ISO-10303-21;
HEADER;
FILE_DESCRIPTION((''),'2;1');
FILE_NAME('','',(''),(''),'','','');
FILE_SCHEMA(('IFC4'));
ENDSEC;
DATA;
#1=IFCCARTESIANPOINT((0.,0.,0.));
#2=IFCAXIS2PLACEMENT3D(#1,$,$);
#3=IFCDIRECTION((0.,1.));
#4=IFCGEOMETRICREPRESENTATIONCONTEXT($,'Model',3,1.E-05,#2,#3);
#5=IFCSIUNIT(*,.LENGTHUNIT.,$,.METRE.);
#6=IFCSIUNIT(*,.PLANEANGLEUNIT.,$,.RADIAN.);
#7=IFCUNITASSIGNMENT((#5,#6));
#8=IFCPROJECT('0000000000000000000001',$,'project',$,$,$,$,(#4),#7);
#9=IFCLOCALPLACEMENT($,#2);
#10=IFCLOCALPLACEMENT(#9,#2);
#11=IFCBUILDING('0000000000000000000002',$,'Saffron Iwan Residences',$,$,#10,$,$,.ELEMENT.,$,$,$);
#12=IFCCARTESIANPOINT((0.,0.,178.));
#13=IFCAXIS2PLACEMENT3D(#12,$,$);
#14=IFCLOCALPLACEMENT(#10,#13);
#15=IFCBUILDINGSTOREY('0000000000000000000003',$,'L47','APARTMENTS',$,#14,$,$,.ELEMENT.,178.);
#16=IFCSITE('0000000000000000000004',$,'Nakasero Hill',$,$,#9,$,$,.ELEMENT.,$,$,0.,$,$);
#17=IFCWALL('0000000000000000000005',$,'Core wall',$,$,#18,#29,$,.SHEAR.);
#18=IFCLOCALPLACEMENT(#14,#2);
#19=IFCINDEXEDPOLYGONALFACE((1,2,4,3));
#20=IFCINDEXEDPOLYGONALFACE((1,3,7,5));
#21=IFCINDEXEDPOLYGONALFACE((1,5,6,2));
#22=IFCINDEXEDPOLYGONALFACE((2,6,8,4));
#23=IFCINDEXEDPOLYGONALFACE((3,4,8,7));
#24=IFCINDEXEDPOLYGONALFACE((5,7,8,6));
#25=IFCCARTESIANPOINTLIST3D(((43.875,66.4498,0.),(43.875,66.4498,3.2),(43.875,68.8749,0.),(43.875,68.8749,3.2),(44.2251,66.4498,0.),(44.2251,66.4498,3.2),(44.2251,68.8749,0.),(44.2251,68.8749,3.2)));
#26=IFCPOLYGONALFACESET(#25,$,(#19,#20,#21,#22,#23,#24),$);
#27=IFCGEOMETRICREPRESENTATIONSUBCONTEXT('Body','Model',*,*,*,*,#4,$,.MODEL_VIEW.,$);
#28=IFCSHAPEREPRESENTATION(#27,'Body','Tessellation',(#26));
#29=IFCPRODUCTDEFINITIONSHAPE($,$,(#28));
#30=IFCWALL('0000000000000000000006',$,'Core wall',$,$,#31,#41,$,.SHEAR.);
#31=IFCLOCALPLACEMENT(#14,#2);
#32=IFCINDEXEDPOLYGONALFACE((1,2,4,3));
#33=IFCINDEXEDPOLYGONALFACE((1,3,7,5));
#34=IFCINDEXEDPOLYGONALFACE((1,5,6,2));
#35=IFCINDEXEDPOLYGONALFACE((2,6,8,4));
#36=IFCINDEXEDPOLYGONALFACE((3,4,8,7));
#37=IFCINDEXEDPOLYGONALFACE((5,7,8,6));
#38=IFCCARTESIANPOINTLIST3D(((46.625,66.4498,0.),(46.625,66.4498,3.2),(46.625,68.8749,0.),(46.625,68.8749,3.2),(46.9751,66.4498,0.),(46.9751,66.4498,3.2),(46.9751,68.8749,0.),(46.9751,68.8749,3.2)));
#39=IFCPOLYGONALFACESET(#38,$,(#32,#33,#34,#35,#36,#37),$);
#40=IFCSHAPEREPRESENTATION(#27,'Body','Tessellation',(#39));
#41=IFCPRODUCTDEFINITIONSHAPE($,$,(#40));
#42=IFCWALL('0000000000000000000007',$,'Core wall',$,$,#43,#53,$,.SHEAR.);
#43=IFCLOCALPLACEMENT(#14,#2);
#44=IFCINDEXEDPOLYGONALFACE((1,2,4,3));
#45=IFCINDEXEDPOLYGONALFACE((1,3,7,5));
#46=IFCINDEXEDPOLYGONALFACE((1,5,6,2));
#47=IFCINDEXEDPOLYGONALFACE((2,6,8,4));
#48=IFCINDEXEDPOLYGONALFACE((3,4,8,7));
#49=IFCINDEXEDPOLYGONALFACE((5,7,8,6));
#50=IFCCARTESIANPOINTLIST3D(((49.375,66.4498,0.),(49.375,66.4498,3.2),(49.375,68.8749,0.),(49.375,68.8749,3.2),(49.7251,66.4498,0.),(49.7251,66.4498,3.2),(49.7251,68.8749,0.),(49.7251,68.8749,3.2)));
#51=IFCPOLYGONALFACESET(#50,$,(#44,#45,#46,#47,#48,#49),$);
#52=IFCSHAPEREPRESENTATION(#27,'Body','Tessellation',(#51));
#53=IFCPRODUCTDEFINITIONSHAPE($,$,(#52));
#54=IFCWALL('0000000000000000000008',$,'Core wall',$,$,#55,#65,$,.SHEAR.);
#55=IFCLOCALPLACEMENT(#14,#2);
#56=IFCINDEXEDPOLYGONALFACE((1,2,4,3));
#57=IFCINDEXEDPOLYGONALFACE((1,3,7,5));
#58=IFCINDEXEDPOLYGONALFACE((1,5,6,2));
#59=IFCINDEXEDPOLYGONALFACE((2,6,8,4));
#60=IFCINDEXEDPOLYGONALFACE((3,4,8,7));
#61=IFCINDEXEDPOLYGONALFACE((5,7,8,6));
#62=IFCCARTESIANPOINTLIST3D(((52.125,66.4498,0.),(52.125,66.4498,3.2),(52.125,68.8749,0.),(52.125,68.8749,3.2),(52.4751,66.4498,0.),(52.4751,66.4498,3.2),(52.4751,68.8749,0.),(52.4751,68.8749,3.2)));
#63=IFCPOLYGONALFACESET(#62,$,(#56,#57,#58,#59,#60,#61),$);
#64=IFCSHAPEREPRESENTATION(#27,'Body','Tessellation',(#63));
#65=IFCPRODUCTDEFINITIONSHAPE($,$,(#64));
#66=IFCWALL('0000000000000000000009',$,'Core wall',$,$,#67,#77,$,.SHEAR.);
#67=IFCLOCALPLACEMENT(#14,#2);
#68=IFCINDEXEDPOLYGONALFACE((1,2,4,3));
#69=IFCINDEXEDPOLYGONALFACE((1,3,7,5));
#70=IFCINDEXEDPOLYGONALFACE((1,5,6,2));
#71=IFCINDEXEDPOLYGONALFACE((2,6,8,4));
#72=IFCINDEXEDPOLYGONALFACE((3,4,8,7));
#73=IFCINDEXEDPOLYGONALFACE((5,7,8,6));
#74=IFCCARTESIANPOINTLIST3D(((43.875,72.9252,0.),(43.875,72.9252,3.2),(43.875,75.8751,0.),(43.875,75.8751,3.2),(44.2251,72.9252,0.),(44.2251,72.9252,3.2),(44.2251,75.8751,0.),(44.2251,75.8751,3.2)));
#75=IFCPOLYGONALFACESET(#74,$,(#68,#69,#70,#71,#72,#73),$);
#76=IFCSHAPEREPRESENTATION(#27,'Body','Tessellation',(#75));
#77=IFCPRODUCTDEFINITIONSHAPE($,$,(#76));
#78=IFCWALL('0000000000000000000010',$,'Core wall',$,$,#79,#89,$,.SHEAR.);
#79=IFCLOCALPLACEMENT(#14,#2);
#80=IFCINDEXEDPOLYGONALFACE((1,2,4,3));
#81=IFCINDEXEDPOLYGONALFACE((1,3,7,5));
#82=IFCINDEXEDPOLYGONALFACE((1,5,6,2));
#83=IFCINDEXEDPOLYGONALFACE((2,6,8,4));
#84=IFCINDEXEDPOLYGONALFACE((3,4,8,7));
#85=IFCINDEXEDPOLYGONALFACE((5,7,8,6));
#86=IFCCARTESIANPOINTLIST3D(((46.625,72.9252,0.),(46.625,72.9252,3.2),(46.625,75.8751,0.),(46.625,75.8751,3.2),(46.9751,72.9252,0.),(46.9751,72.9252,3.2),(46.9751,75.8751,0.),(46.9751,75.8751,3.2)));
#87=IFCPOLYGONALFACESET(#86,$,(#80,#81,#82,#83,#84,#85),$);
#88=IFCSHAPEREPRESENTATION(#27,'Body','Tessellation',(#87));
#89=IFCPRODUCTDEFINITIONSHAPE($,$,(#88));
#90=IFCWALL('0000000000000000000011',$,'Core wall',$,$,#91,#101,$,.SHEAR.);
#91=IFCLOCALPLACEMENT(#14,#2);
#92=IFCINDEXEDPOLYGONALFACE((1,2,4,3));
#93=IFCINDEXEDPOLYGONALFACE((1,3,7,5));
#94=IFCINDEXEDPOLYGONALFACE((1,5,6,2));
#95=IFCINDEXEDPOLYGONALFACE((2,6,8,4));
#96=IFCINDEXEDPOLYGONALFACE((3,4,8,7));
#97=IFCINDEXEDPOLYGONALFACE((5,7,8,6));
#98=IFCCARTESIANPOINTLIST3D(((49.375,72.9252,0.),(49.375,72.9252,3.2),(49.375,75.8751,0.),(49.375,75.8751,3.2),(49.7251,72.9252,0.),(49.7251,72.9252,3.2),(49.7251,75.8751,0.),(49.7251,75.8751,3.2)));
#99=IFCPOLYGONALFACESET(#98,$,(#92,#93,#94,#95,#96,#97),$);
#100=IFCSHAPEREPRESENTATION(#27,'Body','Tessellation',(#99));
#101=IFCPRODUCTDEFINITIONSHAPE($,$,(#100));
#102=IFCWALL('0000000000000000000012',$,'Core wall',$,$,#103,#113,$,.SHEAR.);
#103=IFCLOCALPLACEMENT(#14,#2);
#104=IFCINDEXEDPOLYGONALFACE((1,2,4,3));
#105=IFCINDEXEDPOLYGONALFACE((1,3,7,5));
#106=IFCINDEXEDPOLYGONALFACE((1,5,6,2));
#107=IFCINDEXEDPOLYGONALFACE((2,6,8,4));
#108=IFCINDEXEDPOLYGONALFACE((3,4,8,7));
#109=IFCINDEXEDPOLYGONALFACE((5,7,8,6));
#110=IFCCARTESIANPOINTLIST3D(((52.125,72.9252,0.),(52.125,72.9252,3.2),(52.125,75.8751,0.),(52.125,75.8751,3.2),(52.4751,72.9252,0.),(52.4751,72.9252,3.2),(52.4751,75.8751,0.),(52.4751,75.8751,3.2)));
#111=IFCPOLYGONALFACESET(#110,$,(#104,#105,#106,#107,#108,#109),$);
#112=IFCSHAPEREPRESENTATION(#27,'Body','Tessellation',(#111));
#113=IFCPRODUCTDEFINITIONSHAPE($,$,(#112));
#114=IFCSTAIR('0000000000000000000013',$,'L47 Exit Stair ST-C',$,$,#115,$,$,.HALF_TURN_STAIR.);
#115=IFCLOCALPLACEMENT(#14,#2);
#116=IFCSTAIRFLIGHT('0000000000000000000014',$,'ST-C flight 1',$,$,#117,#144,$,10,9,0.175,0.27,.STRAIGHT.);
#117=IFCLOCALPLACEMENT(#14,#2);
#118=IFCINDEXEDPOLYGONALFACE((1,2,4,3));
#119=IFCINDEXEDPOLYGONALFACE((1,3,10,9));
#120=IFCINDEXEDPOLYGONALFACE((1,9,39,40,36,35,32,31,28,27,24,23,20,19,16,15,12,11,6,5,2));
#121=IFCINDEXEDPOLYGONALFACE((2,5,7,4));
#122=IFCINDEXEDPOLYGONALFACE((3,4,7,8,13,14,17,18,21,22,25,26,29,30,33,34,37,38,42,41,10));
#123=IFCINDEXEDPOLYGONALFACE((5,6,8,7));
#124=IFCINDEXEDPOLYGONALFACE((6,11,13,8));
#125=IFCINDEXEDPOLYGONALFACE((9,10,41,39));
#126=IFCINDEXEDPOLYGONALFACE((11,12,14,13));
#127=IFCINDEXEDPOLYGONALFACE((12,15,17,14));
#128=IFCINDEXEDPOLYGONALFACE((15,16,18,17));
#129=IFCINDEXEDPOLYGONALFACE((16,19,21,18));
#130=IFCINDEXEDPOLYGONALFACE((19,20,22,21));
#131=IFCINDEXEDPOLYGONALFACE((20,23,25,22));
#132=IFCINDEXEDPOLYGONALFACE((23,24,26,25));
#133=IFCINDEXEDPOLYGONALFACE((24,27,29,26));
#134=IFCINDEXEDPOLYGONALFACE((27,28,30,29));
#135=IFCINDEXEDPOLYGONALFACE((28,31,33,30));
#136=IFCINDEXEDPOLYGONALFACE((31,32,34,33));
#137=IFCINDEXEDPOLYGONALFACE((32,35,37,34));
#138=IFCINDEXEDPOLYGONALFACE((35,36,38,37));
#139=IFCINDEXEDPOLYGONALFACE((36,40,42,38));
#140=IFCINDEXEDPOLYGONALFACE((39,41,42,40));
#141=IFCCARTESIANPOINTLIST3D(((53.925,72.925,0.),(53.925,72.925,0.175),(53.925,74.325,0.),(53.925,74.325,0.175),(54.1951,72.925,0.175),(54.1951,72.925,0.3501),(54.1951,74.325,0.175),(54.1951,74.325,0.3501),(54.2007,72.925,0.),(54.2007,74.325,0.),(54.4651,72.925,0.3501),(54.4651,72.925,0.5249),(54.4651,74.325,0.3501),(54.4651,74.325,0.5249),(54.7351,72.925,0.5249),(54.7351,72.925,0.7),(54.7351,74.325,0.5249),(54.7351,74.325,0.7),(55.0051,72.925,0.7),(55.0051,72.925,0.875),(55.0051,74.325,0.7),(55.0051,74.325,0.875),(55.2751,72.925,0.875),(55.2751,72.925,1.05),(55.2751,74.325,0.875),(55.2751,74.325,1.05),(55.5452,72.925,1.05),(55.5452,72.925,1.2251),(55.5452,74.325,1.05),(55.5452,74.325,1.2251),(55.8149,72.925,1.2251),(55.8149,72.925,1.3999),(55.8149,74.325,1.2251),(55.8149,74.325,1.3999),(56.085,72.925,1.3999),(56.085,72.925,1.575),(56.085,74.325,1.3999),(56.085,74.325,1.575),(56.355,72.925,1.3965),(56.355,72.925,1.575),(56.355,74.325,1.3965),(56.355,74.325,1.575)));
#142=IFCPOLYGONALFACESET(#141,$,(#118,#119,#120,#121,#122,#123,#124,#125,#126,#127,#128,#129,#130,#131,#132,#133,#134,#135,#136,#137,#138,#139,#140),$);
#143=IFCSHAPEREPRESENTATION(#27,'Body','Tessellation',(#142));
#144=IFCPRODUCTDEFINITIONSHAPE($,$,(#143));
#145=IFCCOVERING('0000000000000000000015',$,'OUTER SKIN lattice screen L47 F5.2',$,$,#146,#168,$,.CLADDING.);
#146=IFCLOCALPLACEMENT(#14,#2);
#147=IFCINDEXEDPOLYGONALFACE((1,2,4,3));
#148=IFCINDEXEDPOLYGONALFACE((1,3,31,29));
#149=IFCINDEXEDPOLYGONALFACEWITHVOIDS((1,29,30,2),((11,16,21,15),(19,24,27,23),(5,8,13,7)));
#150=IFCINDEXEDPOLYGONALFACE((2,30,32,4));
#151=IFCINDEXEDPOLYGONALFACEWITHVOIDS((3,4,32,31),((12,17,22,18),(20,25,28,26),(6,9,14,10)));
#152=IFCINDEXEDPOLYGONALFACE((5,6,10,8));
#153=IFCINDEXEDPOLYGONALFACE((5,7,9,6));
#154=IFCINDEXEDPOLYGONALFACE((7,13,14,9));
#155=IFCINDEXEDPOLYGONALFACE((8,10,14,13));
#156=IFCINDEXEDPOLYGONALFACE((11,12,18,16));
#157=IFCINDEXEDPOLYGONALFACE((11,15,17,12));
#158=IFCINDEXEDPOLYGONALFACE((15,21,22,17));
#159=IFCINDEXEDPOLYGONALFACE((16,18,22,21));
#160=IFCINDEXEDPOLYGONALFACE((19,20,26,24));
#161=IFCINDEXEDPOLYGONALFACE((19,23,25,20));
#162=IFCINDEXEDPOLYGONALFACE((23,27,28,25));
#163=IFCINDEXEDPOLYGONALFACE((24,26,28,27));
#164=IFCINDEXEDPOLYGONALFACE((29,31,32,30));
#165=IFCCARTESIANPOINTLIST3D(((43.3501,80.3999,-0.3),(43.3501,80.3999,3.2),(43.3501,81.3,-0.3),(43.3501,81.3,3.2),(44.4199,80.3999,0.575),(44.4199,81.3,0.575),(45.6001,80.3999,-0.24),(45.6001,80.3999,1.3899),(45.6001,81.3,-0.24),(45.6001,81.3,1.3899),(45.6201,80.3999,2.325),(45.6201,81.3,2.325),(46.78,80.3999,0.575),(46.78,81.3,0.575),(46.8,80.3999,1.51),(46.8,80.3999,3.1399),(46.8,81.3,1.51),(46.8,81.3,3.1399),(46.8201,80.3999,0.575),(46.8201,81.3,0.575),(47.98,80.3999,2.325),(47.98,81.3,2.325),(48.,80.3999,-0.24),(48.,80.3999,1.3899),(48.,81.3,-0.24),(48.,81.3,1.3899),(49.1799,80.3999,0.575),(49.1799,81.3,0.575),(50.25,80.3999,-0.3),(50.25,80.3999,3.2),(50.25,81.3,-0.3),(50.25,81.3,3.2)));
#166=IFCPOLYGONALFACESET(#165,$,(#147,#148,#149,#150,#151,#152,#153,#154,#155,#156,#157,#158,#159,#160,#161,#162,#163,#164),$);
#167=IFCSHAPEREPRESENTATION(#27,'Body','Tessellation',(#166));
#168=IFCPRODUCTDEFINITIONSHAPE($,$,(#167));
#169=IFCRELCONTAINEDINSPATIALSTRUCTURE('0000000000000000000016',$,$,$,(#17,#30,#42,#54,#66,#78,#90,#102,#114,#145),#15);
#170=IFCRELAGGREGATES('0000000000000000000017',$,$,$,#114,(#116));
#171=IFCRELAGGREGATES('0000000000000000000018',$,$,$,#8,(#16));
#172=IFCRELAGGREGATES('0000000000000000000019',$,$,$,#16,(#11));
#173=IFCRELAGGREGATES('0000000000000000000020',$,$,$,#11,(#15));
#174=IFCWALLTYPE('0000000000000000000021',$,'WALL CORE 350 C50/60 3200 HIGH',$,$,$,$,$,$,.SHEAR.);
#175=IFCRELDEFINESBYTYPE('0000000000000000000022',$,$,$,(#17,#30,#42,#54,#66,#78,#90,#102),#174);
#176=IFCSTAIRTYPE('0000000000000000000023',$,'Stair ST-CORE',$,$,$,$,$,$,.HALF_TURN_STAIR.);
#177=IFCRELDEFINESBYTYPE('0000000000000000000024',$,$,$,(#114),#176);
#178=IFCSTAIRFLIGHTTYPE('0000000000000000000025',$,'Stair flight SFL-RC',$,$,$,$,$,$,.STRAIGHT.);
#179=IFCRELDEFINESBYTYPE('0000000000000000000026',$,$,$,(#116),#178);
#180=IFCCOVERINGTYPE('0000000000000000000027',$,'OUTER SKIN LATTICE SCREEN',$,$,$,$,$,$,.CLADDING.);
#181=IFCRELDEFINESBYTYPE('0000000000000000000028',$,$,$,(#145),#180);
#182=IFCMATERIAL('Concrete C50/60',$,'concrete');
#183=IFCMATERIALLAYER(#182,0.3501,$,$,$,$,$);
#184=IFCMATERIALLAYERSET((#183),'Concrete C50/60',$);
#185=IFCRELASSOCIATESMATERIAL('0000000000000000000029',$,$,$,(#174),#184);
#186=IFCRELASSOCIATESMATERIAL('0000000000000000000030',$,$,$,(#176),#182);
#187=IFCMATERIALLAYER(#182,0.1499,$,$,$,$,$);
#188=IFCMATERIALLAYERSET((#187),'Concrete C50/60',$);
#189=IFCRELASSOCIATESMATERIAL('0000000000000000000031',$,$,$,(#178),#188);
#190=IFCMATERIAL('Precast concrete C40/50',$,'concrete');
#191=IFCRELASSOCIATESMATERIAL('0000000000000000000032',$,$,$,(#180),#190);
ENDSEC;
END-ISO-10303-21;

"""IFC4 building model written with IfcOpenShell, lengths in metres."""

from ifc_helpers import new_model, si_unit, direction, frame, frame_2d, origin, place, context, subcontext, project, spatial, polyline, rectangle, outline, extrude, material, layer, layer_set, type_object, element, aggregate, save


model = new_model("IFC4")

# Units and contexts
model_context = context("Model", 3, precision=1e-05, world=origin(), true_north=direction((0.0, 1.0)))
body_context = subcontext(model_context, "Body", "Model", "MODEL_VIEW")
ifc_project = project(units=[si_unit("LENGTHUNIT", "METRE"), si_unit("PLANEANGLEUNIT", "RADIAN")], contexts=[model_context])

# Site, building, storey
site_placement = place(None, origin())
site = spatial("IfcSite", under=ifc_project, at=site_placement, Name="Nakasero Hill", CompositionType="ELEMENT", RefElevation=0.0)
building_placement = place(site_placement, origin())
building = spatial("IfcBuilding", under=site, at=building_placement, Name="Saffron Iwan Residences", CompositionType="ELEMENT")
storey_placement = place(building_placement, frame((0.0, 0.0, 178.0)))
storey = spatial("IfcBuildingStorey", under=building, at=storey_placement, Name="L47", Description="APARTMENTS", CompositionType="ELEMENT", Elevation=178.0)

# Shared definitions
ifc_material_1 = material(Name="Concrete C50/60", Category="concrete")

# Walls
ifc_layer_1 = layer(ifc_material_1, 0.3501)
ifc_layer_set_1 = layer_set([ifc_layer_1], Name="Concrete C50/60")
wall_type_1 = type_object("IfcWallType", Name="WALL CORE 350 C50/60 3200 HIGH", PredefinedType="SHEAR", material=ifc_layer_set_1)
for number, where, z_axis, x_axis, name in (
    (1, (44.05, 66.45, 0.0), (0.0, 0.0, 1.0), (0.0, 1.0, 0.0), "Core wall"),
    (2, (46.8, 66.45, 0.0), (0.0, 0.0, 1.0), (0.0, 1.0, 0.0), "Core wall"),
    (3, (49.55, 66.45, 0.0), (0.0, 0.0, 1.0), (0.0, 1.0, 0.0), "Core wall"),
    (4, (52.3, 66.45, 0.0), (0.0, 0.0, 1.0), (0.0, 1.0, 0.0), "Core wall"),
):
    element("IfcWall", number, at=place(storey_placement, frame(where, z_axis=z_axis, x_axis=x_axis)), inside=storey, type_object=wall_type_1, Name=name, PredefinedType="SHEAR", context=body_context, shape_type="SweptSolid", body=[
        extrude(rectangle(XDim=2.425, YDim=0.3501, at=frame_2d((1.2124, 0.0))), origin(), (0.0, 0.0, 1.0), 3.2),
    ])
for number, where, z_axis, x_axis, name in (
    (5, (44.05, 72.925, 0.0), (0.0, 0.0, 1.0), (0.0, 1.0, 0.0), "Core wall"),
    (6, (46.8, 72.925, 0.0), (0.0, 0.0, 1.0), (0.0, 1.0, 0.0), "Core wall"),
    (7, (49.55, 72.925, 0.0), (0.0, 0.0, 1.0), (0.0, 1.0, 0.0), "Core wall"),
    (8, (52.3, 72.925, 0.0), (0.0, 0.0, 1.0), (0.0, 1.0, 0.0), "Core wall"),
):
    element("IfcWall", number, at=place(storey_placement, frame(where, z_axis=z_axis, x_axis=x_axis)), inside=storey, type_object=wall_type_1, Name=name, PredefinedType="SHEAR", context=body_context, shape_type="SweptSolid", body=[
        extrude(rectangle(XDim=2.95, YDim=0.3501, at=frame_2d((1.4751, 0.0))), origin(), (0.0, 0.0, 1.0), 3.2),
    ])

# Stair, stair flight
stair_type = type_object("IfcStairType", Name="Stair ST-CORE", PredefinedType="HALF_TURN_STAIR", material=ifc_material_1)
stair_placement = place(storey_placement, origin())
stair = element("IfcStair", 9, at=stair_placement, inside=storey, type_object=stair_type, Name="L47 Exit Stair ST-C", PredefinedType="HALF_TURN_STAIR")
ifc_layer_2 = layer(ifc_material_1, 0.1499)
ifc_layer_set_2 = layer_set([ifc_layer_2], Name="Concrete C50/60")
stair_flight_type = type_object("IfcStairFlightType", Name="Stair flight SFL-RC", PredefinedType="STRAIGHT", material=ifc_layer_set_2)
stair_flight_placement = place(storey_placement, frame((53.925, 73.625, 0.0), z_axis=(0.0, 0.0, 1.0), x_axis=(1.0, 0.0, 0.0)))
stair_flight = element("IfcStairFlight", 10, at=stair_flight_placement, type_object=stair_flight_type, Name="ST-C flight 1", NumberOfRisers=10, NumberOfTreads=9, PredefinedType="STRAIGHT", RiserHeight=0.175, TreadLength=0.27, context=body_context, shape_type="SweptSolid", body=[
    extrude(outline(polyline([(0.0, 0.0), (0.0, 0.175), (0.27, 0.175), (0.27, 0.3501), (0.54, 0.3501), (0.54, 0.5249), (0.8101, 0.5249), (0.8101, 0.7), (1.0801, 0.7), (1.0801, 0.875), (1.3501, 0.875), (1.3501, 1.05), (1.6201, 1.05), (1.6201, 1.2251), (1.8899, 1.2251), (1.8899, 1.3999), (2.1599, 1.3999), (2.1599, 1.575), (2.4299, 1.575), (2.4299, 1.75), (2.4299, 1.3965), (0.2756, 0.0), (0.0, 0.0)])), frame((0.0, 0.7, 0.0), z_axis=(0.0, -1.0, 0.0), x_axis=(1.0, 0.0, 0.0)), (0.0, 0.0, 1.0), 1.3999),
])
aggregate(stair, [stair_flight])

# Covering
ifc_material_2 = material(Name="Precast concrete C40/50", Category="concrete")
covering_type_1 = type_object("IfcCoveringType", Name="OUTER SKIN LATTICE SCREEN", PredefinedType="CLADDING", material=ifc_material_2)
covering_placement = place(storey_placement, frame((50.25, 80.3999, -0.3), z_axis=(0.0, 1.0, 0.0), x_axis=(-1.0, 0.0, 0.0)))
element("IfcCovering", 11, at=covering_placement, inside=storey, type_object=covering_type_1, Name="OUTER SKIN lattice screen L47 F5.2", PredefinedType="CLADDING", context=body_context, shape_type="SweptSolid", body=[
    extrude(outline(polyline([(0.0, 0.0), (6.8999, 0.0), (6.8999, 3.5), (0.0, 3.5), (0.0, 0.0)]), holes=[polyline([(1.0701, 0.875), (2.25, 0.0601), (3.4299, 0.875), (2.25, 1.6899), (1.0701, 0.875)]), polyline([(3.47, 0.875), (4.6499, 0.0601), (5.8301, 0.875), (4.6499, 1.6899), (3.47, 0.875)]), polyline([(2.27, 2.625), (3.45, 1.8101), (4.6299, 2.625), (3.45, 3.4399), (2.27, 2.625)])]), origin(), (0.0, 0.0, 1.0), 0.9001),
])

save(model, "model.ifc")
